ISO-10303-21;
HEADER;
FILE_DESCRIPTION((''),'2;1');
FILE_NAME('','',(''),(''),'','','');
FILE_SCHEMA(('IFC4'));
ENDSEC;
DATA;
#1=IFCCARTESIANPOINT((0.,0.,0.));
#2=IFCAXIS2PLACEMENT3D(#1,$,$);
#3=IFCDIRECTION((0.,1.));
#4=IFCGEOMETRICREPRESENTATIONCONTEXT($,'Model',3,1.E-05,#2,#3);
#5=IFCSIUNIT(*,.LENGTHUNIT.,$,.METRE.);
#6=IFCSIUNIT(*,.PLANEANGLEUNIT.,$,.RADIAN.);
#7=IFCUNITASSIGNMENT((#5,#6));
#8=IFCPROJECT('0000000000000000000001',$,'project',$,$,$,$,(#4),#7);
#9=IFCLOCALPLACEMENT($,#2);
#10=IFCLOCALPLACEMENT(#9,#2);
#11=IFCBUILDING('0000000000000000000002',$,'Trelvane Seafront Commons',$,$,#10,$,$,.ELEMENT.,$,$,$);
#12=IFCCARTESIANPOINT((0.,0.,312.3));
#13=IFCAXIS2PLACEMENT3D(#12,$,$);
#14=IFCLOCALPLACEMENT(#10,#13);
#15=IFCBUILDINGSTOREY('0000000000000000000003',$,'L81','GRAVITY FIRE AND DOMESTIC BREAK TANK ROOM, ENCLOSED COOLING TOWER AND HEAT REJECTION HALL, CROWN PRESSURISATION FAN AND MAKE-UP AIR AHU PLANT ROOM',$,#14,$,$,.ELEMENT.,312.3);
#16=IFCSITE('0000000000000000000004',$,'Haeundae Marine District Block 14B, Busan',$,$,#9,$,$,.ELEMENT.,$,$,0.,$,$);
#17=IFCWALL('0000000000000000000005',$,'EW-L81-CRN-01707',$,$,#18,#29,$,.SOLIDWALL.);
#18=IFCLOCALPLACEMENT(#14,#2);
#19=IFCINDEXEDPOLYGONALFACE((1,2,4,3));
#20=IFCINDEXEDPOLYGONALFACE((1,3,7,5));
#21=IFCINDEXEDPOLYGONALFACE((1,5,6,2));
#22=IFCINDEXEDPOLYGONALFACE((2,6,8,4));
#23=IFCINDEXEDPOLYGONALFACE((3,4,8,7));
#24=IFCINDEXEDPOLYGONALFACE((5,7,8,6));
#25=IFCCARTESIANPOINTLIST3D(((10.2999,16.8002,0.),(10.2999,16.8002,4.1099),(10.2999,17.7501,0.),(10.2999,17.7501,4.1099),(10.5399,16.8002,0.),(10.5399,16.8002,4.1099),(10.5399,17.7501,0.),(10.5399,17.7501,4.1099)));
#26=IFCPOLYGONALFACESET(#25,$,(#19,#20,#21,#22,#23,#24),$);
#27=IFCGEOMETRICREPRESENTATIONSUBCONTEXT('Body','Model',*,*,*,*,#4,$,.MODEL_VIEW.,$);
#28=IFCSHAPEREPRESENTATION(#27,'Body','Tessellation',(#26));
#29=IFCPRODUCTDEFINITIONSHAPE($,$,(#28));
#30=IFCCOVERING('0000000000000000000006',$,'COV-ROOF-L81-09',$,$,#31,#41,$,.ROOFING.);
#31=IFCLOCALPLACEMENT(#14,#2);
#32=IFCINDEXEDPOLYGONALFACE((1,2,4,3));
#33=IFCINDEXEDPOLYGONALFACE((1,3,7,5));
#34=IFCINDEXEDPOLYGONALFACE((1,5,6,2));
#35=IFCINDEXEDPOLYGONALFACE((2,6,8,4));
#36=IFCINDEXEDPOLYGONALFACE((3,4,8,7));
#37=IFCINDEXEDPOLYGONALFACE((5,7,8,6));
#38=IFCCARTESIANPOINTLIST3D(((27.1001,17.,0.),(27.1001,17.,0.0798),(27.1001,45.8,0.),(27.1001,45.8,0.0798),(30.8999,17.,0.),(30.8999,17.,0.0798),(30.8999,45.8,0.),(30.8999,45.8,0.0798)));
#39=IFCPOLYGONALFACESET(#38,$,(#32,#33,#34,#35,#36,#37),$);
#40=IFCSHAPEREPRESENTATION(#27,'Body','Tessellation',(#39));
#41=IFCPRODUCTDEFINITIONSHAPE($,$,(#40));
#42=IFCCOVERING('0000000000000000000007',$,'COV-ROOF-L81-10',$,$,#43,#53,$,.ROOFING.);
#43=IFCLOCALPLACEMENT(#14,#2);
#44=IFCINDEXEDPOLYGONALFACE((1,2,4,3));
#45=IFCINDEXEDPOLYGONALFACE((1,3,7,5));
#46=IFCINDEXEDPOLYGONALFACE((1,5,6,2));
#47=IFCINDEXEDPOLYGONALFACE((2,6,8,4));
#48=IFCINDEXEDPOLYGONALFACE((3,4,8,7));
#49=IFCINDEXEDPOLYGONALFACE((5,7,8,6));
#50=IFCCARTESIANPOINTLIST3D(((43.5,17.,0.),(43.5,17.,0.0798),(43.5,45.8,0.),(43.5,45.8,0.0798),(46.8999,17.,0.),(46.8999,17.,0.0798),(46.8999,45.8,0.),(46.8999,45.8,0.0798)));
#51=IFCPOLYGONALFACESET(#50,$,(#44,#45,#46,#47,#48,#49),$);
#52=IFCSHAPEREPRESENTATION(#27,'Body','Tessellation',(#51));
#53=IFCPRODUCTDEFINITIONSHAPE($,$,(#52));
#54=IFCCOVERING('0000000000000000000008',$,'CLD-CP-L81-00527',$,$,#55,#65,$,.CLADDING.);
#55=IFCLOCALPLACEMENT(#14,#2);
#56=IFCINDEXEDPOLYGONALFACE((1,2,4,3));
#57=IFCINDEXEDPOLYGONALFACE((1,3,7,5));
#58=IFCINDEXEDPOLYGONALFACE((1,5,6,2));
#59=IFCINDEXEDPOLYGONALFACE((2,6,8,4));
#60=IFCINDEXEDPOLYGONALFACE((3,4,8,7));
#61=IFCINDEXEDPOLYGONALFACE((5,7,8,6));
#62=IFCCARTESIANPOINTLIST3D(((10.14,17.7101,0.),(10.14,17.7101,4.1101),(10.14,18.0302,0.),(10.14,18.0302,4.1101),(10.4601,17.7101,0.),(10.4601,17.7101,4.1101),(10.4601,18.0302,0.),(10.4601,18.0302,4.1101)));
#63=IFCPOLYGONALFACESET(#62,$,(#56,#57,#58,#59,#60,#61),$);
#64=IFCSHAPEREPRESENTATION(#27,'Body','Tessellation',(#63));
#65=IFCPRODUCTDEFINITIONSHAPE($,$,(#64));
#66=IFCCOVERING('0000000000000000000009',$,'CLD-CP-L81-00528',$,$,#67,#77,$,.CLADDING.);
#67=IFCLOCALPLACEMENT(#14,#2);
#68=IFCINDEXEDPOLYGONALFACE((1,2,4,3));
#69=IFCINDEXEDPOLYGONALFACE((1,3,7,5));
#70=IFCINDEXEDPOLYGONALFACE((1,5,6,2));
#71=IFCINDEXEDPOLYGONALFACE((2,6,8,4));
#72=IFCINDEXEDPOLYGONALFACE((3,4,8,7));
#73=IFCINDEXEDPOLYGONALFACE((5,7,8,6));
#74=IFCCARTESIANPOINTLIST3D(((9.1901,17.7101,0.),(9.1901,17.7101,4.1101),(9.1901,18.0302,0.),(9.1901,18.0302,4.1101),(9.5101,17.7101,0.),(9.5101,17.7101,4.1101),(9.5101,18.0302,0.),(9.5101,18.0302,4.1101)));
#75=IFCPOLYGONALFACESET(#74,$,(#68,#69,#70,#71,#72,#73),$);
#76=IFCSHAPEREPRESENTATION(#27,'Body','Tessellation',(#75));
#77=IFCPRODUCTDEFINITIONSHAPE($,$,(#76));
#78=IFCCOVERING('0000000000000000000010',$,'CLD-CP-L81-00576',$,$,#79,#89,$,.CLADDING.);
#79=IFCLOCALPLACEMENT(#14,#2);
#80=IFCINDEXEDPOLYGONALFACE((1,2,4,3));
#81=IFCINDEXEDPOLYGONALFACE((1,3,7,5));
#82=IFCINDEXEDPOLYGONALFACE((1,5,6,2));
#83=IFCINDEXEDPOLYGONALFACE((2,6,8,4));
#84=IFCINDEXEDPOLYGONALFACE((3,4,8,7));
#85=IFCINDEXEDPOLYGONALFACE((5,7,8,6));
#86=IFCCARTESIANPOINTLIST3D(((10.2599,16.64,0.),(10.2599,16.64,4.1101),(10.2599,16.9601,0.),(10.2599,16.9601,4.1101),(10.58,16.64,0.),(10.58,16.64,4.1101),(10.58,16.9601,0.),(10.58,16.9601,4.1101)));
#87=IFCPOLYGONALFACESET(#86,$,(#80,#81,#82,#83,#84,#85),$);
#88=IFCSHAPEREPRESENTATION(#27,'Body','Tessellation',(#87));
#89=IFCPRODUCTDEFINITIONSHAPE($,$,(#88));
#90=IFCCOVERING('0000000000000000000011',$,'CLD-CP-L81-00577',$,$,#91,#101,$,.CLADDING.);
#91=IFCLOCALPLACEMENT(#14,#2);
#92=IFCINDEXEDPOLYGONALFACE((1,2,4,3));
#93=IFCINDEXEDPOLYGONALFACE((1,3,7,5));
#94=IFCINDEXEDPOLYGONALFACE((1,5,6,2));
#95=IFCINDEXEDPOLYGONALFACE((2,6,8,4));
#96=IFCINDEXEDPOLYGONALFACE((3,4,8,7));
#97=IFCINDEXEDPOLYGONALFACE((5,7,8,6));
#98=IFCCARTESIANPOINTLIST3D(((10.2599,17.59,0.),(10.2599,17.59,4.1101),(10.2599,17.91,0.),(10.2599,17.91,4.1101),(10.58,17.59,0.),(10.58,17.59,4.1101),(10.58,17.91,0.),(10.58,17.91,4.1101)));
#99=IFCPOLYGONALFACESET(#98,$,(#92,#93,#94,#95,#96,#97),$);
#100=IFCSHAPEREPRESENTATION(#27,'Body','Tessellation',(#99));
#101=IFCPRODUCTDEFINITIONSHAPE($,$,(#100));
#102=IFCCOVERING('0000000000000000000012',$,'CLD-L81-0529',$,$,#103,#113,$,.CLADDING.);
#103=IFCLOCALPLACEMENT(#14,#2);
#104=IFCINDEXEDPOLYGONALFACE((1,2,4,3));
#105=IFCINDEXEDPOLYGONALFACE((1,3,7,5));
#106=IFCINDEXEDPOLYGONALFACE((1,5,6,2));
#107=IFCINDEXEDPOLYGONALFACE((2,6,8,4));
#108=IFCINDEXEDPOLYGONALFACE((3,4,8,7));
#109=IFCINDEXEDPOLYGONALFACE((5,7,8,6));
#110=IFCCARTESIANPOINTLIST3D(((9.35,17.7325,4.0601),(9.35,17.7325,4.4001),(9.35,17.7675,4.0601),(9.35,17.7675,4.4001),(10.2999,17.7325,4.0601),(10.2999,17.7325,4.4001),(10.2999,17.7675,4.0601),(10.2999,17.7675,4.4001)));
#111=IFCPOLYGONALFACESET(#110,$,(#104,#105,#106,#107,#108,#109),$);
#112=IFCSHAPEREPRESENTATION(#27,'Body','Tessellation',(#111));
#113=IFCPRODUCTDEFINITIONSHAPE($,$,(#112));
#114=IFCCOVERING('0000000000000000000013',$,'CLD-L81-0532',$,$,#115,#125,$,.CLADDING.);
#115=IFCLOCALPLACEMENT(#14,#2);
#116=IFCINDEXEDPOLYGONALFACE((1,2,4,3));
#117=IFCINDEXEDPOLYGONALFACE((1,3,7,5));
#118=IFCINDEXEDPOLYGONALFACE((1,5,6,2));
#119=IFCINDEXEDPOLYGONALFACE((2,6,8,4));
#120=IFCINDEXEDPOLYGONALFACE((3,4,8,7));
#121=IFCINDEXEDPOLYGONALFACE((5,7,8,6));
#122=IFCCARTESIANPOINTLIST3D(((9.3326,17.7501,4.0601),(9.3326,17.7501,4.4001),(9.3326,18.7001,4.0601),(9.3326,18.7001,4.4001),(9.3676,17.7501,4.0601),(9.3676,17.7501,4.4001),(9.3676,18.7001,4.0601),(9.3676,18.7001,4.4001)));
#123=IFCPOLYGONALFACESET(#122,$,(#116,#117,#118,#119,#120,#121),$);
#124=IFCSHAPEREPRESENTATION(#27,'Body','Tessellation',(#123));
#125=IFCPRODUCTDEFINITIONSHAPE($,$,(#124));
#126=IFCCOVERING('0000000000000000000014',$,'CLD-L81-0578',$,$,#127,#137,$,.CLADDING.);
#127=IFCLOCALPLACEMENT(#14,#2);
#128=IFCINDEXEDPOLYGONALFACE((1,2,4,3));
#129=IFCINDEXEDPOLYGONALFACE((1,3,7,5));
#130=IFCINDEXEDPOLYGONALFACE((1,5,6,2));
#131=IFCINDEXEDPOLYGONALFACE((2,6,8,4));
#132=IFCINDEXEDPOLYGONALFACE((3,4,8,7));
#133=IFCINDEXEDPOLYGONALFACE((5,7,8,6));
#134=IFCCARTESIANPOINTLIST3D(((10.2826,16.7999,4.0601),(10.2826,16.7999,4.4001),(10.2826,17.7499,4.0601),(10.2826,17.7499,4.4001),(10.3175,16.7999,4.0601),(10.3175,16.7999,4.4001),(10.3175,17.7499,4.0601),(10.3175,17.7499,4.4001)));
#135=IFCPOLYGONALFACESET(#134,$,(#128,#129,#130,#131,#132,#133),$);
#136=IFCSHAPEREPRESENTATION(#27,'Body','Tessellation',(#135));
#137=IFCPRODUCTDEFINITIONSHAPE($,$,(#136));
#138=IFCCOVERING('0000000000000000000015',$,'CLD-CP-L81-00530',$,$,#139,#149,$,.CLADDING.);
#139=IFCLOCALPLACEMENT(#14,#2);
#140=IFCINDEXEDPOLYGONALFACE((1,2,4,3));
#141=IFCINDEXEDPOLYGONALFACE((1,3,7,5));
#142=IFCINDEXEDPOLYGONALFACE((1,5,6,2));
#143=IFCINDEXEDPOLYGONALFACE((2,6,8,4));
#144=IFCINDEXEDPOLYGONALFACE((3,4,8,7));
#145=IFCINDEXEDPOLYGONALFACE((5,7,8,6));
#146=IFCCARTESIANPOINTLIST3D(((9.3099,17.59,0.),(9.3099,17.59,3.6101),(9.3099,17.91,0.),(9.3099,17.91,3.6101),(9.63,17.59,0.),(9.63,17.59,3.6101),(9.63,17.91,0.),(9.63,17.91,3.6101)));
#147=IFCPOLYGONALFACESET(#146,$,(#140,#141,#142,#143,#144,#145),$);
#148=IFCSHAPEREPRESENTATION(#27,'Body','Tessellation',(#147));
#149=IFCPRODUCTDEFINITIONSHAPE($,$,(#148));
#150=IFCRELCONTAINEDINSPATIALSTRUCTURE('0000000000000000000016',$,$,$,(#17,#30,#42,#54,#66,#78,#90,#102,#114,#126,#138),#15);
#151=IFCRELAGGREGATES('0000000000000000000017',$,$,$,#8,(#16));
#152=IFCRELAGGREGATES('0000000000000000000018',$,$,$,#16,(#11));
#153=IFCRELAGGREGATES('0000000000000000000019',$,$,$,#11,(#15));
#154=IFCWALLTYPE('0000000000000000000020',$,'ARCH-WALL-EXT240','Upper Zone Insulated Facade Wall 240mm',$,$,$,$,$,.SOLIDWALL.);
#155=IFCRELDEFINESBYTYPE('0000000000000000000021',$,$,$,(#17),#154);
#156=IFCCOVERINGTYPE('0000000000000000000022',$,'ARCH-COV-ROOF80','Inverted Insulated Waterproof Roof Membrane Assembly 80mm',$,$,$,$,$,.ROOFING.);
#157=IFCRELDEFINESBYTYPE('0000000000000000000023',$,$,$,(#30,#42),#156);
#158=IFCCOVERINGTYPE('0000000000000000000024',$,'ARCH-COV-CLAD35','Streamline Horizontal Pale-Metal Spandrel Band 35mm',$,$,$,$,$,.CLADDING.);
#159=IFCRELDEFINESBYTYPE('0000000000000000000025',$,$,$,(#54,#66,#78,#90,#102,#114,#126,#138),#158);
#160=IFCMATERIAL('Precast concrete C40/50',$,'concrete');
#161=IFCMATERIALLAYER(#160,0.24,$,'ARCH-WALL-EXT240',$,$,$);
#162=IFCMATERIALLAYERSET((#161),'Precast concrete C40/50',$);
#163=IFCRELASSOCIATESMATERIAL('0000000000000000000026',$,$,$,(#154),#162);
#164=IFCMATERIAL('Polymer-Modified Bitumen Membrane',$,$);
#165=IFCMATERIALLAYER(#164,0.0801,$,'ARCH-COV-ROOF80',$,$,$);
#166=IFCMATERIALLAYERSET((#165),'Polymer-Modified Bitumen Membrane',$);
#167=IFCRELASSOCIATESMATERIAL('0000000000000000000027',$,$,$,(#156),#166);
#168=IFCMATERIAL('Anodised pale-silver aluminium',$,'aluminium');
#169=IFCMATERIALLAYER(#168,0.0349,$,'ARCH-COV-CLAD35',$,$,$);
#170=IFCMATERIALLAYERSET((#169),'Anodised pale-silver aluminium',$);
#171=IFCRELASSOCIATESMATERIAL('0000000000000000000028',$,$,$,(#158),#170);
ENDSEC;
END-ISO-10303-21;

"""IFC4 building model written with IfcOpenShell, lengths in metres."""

from ifc_helpers import new_model, si_unit, direction, frame, frame_2d, origin, origin_2d, place, context, subcontext, project, spatial, polyline, rectangle, outline, extrude, source, transform, mapped, material, layer, layer_set, type_object, element, save


model = new_model("IFC4")

# Units and contexts
model_context = context("Model", 3, precision=1e-05, world=origin(), true_north=direction((0.0, 1.0)))
body_context = subcontext(model_context, "Body", "Model", "MODEL_VIEW")
ifc_project = project(units=[si_unit("LENGTHUNIT", "METRE"), si_unit("PLANEANGLEUNIT", "RADIAN")], contexts=[model_context])

# Site, building, storey
site_placement = place(None, origin())
site = spatial("IfcSite", under=ifc_project, at=site_placement, Name="Haeundae Marine District Block 14B, Busan", CompositionType="ELEMENT", RefElevation=0.0)
building_placement = place(site_placement, origin())
building = spatial("IfcBuilding", under=site, at=building_placement, Name="Trelvane Seafront Commons", CompositionType="ELEMENT")
storey_placement = place(building_placement, frame((0.0, 0.0, 312.3)))
storey = spatial("IfcBuildingStorey", under=building, at=storey_placement, Name="L81", Description="GRAVITY FIRE AND DOMESTIC BREAK TANK ROOM, ENCLOSED COOLING TOWER AND HEAT REJECTION HALL, CROWN PRESSURISATION FAN AND MAKE-UP AIR AHU PLANT ROOM", CompositionType="ELEMENT", Elevation=312.3)

# Shared definitions
ifc_material_1 = material(Name="Anodised pale-silver aluminium", Category="aluminium")

# Wall
ifc_material_2 = material(Name="Precast concrete C40/50", Category="concrete")
ifc_layer_1 = layer(ifc_material_2, 0.24, Name="ARCH-WALL-EXT240")
ifc_layer_set_1 = layer_set([ifc_layer_1], Name="Precast concrete C40/50")
wall_type = type_object("IfcWallType", Name="ARCH-WALL-EXT240", Description="Upper Zone Insulated Facade Wall 240mm", PredefinedType="SOLIDWALL", material=ifc_layer_set_1)
wall_1_placement = place(storey_placement, frame((10.4199, 16.8, 0.0), z_axis=(0.0, 0.0, 1.0), x_axis=(0.0, 1.0, 0.0)))
element("IfcWall", 1, at=wall_1_placement, inside=storey, type_object=wall_type, Name="EW-L81-CRN-01707", PredefinedType="SOLIDWALL", context=body_context, shape_type="SweptSolid", body=[
    extrude(rectangle(XDim=0.95, YDim=0.24, at=frame_2d((0.4751, 0.0))), origin(), (0.0, 0.0, 1.0), 4.1099),
])

# Coverings
ifc_material_3 = material(Name="Polymer-Modified Bitumen Membrane")
ifc_layer_2 = layer(ifc_material_3, 0.0801, Name="ARCH-COV-ROOF80")
ifc_layer_set_2 = layer_set([ifc_layer_2], Name="Polymer-Modified Bitumen Membrane")
covering_type_1 = type_object("IfcCoveringType", Name="ARCH-COV-ROOF80", Description="Inverted Insulated Waterproof Roof Membrane Assembly 80mm", PredefinedType="ROOFING", material=ifc_layer_set_2)
covering_1_placement = place(storey_placement, origin())
element("IfcCovering", 2, at=covering_1_placement, inside=storey, type_object=covering_type_1, Name="COV-ROOF-L81-09", PredefinedType="ROOFING", context=body_context, shape_type="SweptSolid", body=[
    extrude(outline(polyline([(27.1001, 17.0), (30.8999, 17.0), (30.8999, 45.8), (27.1001, 45.8), (27.1001, 17.0)])), origin(), (0.0, 0.0, 1.0), 0.0798),
])
covering_2_placement = place(storey_placement, origin())
element("IfcCovering", 3, at=covering_2_placement, inside=storey, type_object=covering_type_1, Name="COV-ROOF-L81-10", PredefinedType="ROOFING", context=body_context, shape_type="SweptSolid", body=[
    extrude(outline(polyline([(43.5, 17.0), (46.8999, 17.0), (46.8999, 45.8), (43.5, 45.8), (43.5, 17.0)])), origin(), (0.0, 0.0, 1.0), 0.0798),
])
ifc_layer_3 = layer(ifc_material_1, 0.0349, Name="ARCH-COV-CLAD35")
ifc_layer_set_3 = layer_set([ifc_layer_3], Name="Anodised pale-silver aluminium")
covering_type_2 = type_object("IfcCoveringType", Name="ARCH-COV-CLAD35", Description="Streamline Horizontal Pale-Metal Spandrel Band 35mm", PredefinedType="CLADDING", material=ifc_layer_set_3)
shared_shape_1 = source(origin(), body_context, "Body", "SweptSolid", [
    extrude(rectangle(XDim=0.3201, YDim=0.3201, at=origin_2d()), origin(), (0.0, 0.0, 1.0), 4.1101),
])
for number, where, z_axis, x_axis, name in (
    (4, (10.3, 17.8701, 0.0), (0.0, 0.0, 1.0), (1.0, 0.0, 0.0), "CLD-CP-L81-00527"),
    (5, (9.3501, 17.8701, 0.0), (0.0, 0.0, 1.0), (1.0, 0.0, 0.0), "CLD-CP-L81-00528"),
    (6, (10.4199, 16.8, 0.0), (0.0, 0.0, 1.0), (1.0, 0.0, 0.0), "CLD-CP-L81-00576"),
    (7, (10.4199, 17.75, 0.0), (0.0, 0.0, 1.0), (1.0, 0.0, 0.0), "CLD-CP-L81-00577"),
):
    element("IfcCovering", number, at=place(storey_placement, frame(where, z_axis=z_axis, x_axis=x_axis)), inside=storey, type_object=covering_type_2, Name=name, PredefinedType="CLADDING", context=body_context, shape_type="MappedRepresentation", body=[
        mapped(shared_shape_1, transform((0.0, 0.0, 0.0), x_axis=(1.0, 0.0, 0.0), y_axis=(0.0, 1.0, 0.0), z_axis=(0.0, 0.0, 1.0), scale=1.0)),
    ])
shared_shape_2 = source(origin(), body_context, "Body", "SweptSolid", [
    extrude(rectangle(XDim=0.95, YDim=0.0349, at=origin_2d()), origin(), (0.0, 0.0, 1.0), 0.3401),
])
for number, where, z_axis, x_axis, name in (
    (8, (9.825, 17.75, 4.0601), (0.0, 0.0, 1.0), (-1.0, 0.0, 0.0), "CLD-L81-0529"),
    (9, (9.3501, 18.2251, 4.0601), (0.0, 0.0, 1.0), (0.0, 1.0, 0.0), "CLD-L81-0532"),
    (10, (10.3, 17.2749, 4.0601), (0.0, 0.0, 1.0), (0.0, 1.0, 0.0), "CLD-L81-0578"),
):
    element("IfcCovering", number, at=place(storey_placement, frame(where, z_axis=z_axis, x_axis=x_axis)), inside=storey, type_object=covering_type_2, Name=name, PredefinedType="CLADDING", context=body_context, shape_type="MappedRepresentation", body=[
        mapped(shared_shape_2, transform((0.0, 0.0, 0.0), x_axis=(1.0, 0.0, 0.0), y_axis=(0.0, 1.0, 0.0), z_axis=(0.0, 0.0, 1.0), scale=1.0)),
    ])
shared_shape_3 = source(origin(), body_context, "Body", "SweptSolid", [
    extrude(rectangle(XDim=0.3201, YDim=0.3201, at=origin_2d()), origin(), (0.0, 0.0, 1.0), 3.6101),
])
covering_3_placement = place(storey_placement, frame((9.47, 17.75, 0.0), z_axis=(0.0, 0.0, 1.0), x_axis=(1.0, 0.0, 0.0)))
element("IfcCovering", 11, at=covering_3_placement, inside=storey, type_object=covering_type_2, Name="CLD-CP-L81-00530", PredefinedType="CLADDING", context=body_context, shape_type="MappedRepresentation", body=[
    mapped(shared_shape_3, transform((0.0, 0.0, 0.0), x_axis=(1.0, 0.0, 0.0), y_axis=(0.0, 1.0, 0.0), z_axis=(0.0, 0.0, 1.0), scale=1.0)),
])

save(model, "model.ifc")
